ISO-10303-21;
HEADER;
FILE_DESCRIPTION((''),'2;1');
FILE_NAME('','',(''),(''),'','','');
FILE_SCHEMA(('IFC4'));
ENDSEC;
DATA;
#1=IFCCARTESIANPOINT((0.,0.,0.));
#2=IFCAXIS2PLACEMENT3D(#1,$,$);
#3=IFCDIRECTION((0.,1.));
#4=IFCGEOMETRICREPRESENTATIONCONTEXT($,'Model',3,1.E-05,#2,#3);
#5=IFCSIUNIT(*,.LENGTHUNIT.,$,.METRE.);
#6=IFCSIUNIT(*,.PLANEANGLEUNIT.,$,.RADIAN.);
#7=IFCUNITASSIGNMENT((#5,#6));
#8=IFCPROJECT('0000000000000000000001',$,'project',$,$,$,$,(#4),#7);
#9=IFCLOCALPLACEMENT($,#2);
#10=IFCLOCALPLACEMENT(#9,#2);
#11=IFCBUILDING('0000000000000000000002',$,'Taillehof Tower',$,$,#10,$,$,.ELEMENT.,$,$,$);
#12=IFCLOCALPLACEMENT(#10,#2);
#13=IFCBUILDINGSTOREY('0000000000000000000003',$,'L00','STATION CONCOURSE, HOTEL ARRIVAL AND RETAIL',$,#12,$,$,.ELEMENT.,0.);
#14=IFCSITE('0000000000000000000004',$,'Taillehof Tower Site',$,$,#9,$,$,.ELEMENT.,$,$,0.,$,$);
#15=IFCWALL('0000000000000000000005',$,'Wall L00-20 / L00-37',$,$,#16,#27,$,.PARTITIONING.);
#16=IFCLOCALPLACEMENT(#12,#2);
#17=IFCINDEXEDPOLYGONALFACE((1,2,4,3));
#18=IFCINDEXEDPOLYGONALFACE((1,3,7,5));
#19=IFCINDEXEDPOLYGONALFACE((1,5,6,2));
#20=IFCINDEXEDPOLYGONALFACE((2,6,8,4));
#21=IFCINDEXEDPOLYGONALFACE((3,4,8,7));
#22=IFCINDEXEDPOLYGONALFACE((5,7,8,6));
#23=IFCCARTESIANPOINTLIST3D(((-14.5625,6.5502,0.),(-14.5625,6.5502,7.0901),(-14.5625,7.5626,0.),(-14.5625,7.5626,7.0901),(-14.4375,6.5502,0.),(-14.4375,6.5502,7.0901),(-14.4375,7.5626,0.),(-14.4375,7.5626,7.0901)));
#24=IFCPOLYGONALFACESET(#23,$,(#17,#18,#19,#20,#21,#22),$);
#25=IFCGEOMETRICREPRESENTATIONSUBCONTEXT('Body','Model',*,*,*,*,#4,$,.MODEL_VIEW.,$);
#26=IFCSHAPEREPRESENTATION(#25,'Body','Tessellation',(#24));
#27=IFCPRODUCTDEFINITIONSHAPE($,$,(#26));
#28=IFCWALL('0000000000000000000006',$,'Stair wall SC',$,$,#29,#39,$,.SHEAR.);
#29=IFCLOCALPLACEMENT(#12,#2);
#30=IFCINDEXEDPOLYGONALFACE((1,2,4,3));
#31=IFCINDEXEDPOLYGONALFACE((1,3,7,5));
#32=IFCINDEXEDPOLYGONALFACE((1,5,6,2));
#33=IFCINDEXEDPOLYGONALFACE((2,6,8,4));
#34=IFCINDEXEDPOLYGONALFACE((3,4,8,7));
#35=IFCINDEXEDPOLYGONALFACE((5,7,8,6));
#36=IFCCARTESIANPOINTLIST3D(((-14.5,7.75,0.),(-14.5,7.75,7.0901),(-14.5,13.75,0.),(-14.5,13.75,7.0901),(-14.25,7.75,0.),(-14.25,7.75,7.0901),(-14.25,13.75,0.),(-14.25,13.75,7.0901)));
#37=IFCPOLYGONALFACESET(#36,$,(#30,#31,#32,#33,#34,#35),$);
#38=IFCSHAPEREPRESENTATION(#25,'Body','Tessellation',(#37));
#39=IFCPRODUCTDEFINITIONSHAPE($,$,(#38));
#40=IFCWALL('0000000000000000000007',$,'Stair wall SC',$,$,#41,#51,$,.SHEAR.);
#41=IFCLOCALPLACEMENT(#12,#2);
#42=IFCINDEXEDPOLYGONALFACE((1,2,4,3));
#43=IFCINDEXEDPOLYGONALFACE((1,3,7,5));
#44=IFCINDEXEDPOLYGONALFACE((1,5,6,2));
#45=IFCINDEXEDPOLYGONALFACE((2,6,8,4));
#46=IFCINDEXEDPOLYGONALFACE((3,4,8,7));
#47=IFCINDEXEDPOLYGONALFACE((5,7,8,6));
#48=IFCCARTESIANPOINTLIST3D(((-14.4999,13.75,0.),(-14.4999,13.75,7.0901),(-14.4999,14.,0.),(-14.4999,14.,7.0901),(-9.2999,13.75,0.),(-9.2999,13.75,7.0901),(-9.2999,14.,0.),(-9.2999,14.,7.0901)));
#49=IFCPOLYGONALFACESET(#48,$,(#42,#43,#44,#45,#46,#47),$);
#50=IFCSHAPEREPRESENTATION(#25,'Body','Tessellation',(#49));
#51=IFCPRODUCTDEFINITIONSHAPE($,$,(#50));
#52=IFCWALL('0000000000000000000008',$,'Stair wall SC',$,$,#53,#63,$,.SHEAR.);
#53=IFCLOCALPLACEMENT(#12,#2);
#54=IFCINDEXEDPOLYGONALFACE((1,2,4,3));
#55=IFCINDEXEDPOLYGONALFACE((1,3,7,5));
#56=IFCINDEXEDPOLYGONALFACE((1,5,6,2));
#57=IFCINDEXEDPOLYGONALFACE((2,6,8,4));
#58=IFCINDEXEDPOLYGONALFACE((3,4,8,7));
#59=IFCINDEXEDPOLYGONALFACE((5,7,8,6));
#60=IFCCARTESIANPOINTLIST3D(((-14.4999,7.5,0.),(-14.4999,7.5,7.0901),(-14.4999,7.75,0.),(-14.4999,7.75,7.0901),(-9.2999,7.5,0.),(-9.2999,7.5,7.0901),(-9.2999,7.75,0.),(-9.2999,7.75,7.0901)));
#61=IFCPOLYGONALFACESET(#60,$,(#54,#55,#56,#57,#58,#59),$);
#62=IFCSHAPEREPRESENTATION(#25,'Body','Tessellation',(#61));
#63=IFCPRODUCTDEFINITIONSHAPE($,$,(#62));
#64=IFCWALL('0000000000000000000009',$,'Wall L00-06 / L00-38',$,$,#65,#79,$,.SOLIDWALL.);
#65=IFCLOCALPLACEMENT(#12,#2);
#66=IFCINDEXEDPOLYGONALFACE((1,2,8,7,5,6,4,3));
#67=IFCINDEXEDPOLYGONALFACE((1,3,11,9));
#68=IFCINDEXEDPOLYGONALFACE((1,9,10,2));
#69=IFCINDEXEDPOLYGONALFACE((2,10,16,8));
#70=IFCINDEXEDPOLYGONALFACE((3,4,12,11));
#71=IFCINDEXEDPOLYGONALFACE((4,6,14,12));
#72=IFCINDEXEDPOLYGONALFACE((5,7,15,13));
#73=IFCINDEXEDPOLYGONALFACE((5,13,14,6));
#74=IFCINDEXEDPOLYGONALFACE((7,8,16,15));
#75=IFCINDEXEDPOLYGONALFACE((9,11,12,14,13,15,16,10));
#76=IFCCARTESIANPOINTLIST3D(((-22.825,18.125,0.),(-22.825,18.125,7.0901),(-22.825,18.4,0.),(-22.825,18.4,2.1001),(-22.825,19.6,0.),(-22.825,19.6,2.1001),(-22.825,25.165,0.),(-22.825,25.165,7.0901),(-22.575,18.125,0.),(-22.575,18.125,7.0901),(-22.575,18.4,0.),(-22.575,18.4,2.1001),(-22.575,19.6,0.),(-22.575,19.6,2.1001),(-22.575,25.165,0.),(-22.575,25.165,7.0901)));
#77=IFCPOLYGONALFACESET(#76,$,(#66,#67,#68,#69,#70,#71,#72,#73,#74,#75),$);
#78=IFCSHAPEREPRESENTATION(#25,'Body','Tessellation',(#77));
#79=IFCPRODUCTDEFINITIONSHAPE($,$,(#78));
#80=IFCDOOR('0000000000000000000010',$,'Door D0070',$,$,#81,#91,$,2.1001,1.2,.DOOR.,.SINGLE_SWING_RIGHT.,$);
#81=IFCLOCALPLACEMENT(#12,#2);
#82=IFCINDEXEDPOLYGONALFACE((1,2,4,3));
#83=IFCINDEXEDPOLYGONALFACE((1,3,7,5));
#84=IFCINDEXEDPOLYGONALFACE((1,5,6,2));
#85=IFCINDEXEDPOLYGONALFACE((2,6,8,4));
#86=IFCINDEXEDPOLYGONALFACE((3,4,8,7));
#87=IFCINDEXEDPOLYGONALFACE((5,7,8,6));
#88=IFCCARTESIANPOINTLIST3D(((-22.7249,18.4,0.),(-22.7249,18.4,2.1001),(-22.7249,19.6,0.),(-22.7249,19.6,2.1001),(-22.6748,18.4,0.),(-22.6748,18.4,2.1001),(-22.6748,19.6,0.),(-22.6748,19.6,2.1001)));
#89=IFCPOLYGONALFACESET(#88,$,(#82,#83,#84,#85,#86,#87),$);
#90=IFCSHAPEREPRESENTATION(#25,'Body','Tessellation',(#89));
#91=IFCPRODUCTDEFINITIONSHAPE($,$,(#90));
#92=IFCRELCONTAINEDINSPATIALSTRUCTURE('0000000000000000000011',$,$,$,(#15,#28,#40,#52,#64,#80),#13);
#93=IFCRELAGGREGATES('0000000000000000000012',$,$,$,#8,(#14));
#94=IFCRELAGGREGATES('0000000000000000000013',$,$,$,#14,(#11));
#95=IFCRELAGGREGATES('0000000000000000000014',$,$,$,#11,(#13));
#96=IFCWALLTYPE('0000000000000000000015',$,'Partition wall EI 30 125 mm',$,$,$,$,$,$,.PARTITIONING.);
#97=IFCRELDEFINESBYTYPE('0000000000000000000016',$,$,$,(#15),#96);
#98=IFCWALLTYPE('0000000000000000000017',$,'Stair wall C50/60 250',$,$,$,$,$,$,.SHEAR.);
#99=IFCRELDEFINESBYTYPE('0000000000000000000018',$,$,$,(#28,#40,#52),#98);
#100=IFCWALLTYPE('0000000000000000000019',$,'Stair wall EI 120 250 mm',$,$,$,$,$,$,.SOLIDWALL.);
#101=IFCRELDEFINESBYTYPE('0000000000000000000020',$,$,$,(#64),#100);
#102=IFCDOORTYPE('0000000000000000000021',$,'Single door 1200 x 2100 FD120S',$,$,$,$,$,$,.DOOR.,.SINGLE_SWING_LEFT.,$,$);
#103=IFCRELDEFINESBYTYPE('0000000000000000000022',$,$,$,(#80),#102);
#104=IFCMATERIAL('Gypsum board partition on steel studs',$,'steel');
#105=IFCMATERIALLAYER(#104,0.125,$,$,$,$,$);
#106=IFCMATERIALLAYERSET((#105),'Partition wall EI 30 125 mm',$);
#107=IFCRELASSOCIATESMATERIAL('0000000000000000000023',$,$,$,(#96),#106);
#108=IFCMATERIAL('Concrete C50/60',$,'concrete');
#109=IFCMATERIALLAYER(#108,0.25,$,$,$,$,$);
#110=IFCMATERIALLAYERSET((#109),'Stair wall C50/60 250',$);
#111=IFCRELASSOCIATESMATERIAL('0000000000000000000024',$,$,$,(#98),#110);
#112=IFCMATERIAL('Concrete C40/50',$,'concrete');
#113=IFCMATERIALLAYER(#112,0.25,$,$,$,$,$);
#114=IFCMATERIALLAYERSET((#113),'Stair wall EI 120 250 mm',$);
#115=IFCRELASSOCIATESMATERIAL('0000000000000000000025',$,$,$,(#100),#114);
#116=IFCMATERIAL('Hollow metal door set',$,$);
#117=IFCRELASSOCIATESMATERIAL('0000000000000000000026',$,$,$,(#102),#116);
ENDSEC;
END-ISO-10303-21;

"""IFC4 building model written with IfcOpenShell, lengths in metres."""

from ifc_helpers import new_model, si_unit, direction, frame, frame_2d, origin, place, context, subcontext, project, spatial, rectangle, extrude, material, layer, layer_set, type_object, element, fill, save


model = new_model("IFC4")

# Units and contexts
model_context = context("Model", 3, precision=1e-05, world=origin(), true_north=direction((0.0, 1.0)))
body_context = subcontext(model_context, "Body", "Model", "MODEL_VIEW")
ifc_project = project(units=[si_unit("LENGTHUNIT", "METRE"), si_unit("PLANEANGLEUNIT", "RADIAN")], contexts=[model_context])

# Site, building, storey
site_placement = place(None, origin())
site = spatial("IfcSite", under=ifc_project, at=site_placement, Name="Taillehof Tower Site", CompositionType="ELEMENT", RefElevation=0.0)
building_placement = place(site_placement, origin())
building = spatial("IfcBuilding", under=site, at=building_placement, Name="Taillehof Tower", CompositionType="ELEMENT")
storey_placement = place(building_placement, origin())
storey = spatial("IfcBuildingStorey", under=building, at=storey_placement, Name="L00", Description="STATION CONCOURSE, HOTEL ARRIVAL AND RETAIL", CompositionType="ELEMENT", Elevation=0.0)

# Walls
ifc_material_1 = material(Name="Gypsum board partition on steel studs", Category="steel")
ifc_layer_1 = layer(ifc_material_1, 0.125)
ifc_layer_set_1 = layer_set([ifc_layer_1], Name="Partition wall EI 30 125 mm")
wall_type_1 = type_object("IfcWallType", Name="Partition wall EI 30 125 mm", PredefinedType="PARTITIONING", material=ifc_layer_set_1)
wall_1_placement = place(storey_placement, frame((-14.5, 6.55, 0.0), z_axis=(0.0, 0.0, 1.0), x_axis=(0.0, 1.0, 0.0)))
element("IfcWall", 1, at=wall_1_placement, inside=storey, type_object=wall_type_1, Name="Wall L00-20 / L00-37", PredefinedType="PARTITIONING", context=body_context, shape_type="SweptSolid", body=[
    extrude(rectangle(XDim=1.0125, YDim=0.125, at=frame_2d((0.5063, 0.0))), origin(), (0.0, 0.0, 1.0), 7.0901),
])
ifc_material_2 = material(Name="Concrete C50/60", Category="concrete")
ifc_layer_2 = layer(ifc_material_2, 0.25)
ifc_layer_set_2 = layer_set([ifc_layer_2], Name="Stair wall C50/60 250")
wall_type_2 = type_object("IfcWallType", Name="Stair wall C50/60 250", PredefinedType="SHEAR", material=ifc_layer_set_2)
wall_2_placement = place(storey_placement, frame((-14.375, 7.75, 0.0), z_axis=(0.0, 0.0, 1.0), x_axis=(0.0, 1.0, 0.0)))
element("IfcWall", 2, at=wall_2_placement, inside=storey, type_object=wall_type_2, Name="Stair wall SC", PredefinedType="SHEAR", context=body_context, shape_type="SweptSolid", body=[
    extrude(rectangle(XDim=6.0, YDim=0.25, at=frame_2d((3.0, 0.0))), origin(), (0.0, 0.0, 1.0), 7.0901),
])
for number, where, z_axis, x_axis, name in (
    (3, (-14.5, 13.875, 0.0), (0.0, 0.0, 1.0), (1.0, 0.0, 0.0), "Stair wall SC"),
    (4, (-14.5, 7.625, 0.0), (0.0, 0.0, 1.0), (1.0, 0.0, 0.0), "Stair wall SC"),
):
    element("IfcWall", number, at=place(storey_placement, frame(where, z_axis=z_axis, x_axis=x_axis)), inside=storey, type_object=wall_type_2, Name=name, PredefinedType="SHEAR", context=body_context, shape_type="SweptSolid", body=[
        extrude(rectangle(XDim=5.2, YDim=0.25, at=frame_2d((2.6001, 0.0))), origin(), (0.0, 0.0, 1.0), 7.0901),
    ])

# Wall, opening, door
ifc_material_3 = material(Name="Concrete C40/50", Category="concrete")
ifc_layer_3 = layer(ifc_material_3, 0.25)
ifc_layer_set_3 = layer_set([ifc_layer_3], Name="Stair wall EI 120 250 mm")
wall_type_3 = type_object("IfcWallType", Name="Stair wall EI 120 250 mm", PredefinedType="SOLIDWALL", material=ifc_layer_set_3)
wall_3_placement = place(storey_placement, frame((-22.7, 18.125, 0.0), z_axis=(0.0, 0.0, 1.0), x_axis=(0.0, 1.0, 0.0)))
wall_3 = element("IfcWall", 5, at=wall_3_placement, inside=storey, type_object=wall_type_3, Name="Wall L00-06 / L00-38", PredefinedType="SOLIDWALL", context=body_context, shape_type="SweptSolid", body=[
    extrude(rectangle(XDim=7.04, YDim=0.25, at=frame_2d((3.52, 0.0))), origin(), (0.0, 0.0, 1.0), 7.0901),
])
opening_1_placement = place(wall_3_placement, frame((0.2749, 0.0, 0.0)))
opening_1 = element("IfcOpeningElement", 6, at=opening_1_placement, cuts=wall_3, PredefinedType="OPENING", context=body_context, shape_type="SweptSolid", body=[
    extrude(rectangle(XDim=1.2, YDim=2.1001, at=frame_2d((0.6001, 1.05))), frame((0.0, 0.135, 0.0), z_axis=(0.0, -1.0, 0.0), x_axis=(1.0, 0.0, 0.0)), (0.0, 0.0, 1.0), 0.27),
])
ifc_material_4 = material(Name="Hollow metal door set")
door_type_1 = type_object("IfcDoorType", Name="Single door 1200 x 2100 FD120S", OperationType="SINGLE_SWING_LEFT", PredefinedType="DOOR", material=ifc_material_4)
door_1_placement = place(opening_1_placement, origin())
door_1 = element("IfcDoor", 7, at=door_1_placement, inside=storey, type_object=door_type_1, Name="Door D0070", OperationType="SINGLE_SWING_RIGHT", OverallHeight=2.1001, OverallWidth=1.2, PredefinedType="DOOR", context=body_context, shape_type="SweptSolid", body=[
    extrude(rectangle(XDim=1.2, YDim=2.1001, at=frame_2d((0.6001, 1.05))), frame((0.0, 0.0249, 0.0), z_axis=(0.0, -1.0, 0.0), x_axis=(1.0, 0.0, 0.0)), (0.0, 0.0, 1.0), 0.05),
])
fill(opening_1, door_1)

save(model, "model.ifc")
